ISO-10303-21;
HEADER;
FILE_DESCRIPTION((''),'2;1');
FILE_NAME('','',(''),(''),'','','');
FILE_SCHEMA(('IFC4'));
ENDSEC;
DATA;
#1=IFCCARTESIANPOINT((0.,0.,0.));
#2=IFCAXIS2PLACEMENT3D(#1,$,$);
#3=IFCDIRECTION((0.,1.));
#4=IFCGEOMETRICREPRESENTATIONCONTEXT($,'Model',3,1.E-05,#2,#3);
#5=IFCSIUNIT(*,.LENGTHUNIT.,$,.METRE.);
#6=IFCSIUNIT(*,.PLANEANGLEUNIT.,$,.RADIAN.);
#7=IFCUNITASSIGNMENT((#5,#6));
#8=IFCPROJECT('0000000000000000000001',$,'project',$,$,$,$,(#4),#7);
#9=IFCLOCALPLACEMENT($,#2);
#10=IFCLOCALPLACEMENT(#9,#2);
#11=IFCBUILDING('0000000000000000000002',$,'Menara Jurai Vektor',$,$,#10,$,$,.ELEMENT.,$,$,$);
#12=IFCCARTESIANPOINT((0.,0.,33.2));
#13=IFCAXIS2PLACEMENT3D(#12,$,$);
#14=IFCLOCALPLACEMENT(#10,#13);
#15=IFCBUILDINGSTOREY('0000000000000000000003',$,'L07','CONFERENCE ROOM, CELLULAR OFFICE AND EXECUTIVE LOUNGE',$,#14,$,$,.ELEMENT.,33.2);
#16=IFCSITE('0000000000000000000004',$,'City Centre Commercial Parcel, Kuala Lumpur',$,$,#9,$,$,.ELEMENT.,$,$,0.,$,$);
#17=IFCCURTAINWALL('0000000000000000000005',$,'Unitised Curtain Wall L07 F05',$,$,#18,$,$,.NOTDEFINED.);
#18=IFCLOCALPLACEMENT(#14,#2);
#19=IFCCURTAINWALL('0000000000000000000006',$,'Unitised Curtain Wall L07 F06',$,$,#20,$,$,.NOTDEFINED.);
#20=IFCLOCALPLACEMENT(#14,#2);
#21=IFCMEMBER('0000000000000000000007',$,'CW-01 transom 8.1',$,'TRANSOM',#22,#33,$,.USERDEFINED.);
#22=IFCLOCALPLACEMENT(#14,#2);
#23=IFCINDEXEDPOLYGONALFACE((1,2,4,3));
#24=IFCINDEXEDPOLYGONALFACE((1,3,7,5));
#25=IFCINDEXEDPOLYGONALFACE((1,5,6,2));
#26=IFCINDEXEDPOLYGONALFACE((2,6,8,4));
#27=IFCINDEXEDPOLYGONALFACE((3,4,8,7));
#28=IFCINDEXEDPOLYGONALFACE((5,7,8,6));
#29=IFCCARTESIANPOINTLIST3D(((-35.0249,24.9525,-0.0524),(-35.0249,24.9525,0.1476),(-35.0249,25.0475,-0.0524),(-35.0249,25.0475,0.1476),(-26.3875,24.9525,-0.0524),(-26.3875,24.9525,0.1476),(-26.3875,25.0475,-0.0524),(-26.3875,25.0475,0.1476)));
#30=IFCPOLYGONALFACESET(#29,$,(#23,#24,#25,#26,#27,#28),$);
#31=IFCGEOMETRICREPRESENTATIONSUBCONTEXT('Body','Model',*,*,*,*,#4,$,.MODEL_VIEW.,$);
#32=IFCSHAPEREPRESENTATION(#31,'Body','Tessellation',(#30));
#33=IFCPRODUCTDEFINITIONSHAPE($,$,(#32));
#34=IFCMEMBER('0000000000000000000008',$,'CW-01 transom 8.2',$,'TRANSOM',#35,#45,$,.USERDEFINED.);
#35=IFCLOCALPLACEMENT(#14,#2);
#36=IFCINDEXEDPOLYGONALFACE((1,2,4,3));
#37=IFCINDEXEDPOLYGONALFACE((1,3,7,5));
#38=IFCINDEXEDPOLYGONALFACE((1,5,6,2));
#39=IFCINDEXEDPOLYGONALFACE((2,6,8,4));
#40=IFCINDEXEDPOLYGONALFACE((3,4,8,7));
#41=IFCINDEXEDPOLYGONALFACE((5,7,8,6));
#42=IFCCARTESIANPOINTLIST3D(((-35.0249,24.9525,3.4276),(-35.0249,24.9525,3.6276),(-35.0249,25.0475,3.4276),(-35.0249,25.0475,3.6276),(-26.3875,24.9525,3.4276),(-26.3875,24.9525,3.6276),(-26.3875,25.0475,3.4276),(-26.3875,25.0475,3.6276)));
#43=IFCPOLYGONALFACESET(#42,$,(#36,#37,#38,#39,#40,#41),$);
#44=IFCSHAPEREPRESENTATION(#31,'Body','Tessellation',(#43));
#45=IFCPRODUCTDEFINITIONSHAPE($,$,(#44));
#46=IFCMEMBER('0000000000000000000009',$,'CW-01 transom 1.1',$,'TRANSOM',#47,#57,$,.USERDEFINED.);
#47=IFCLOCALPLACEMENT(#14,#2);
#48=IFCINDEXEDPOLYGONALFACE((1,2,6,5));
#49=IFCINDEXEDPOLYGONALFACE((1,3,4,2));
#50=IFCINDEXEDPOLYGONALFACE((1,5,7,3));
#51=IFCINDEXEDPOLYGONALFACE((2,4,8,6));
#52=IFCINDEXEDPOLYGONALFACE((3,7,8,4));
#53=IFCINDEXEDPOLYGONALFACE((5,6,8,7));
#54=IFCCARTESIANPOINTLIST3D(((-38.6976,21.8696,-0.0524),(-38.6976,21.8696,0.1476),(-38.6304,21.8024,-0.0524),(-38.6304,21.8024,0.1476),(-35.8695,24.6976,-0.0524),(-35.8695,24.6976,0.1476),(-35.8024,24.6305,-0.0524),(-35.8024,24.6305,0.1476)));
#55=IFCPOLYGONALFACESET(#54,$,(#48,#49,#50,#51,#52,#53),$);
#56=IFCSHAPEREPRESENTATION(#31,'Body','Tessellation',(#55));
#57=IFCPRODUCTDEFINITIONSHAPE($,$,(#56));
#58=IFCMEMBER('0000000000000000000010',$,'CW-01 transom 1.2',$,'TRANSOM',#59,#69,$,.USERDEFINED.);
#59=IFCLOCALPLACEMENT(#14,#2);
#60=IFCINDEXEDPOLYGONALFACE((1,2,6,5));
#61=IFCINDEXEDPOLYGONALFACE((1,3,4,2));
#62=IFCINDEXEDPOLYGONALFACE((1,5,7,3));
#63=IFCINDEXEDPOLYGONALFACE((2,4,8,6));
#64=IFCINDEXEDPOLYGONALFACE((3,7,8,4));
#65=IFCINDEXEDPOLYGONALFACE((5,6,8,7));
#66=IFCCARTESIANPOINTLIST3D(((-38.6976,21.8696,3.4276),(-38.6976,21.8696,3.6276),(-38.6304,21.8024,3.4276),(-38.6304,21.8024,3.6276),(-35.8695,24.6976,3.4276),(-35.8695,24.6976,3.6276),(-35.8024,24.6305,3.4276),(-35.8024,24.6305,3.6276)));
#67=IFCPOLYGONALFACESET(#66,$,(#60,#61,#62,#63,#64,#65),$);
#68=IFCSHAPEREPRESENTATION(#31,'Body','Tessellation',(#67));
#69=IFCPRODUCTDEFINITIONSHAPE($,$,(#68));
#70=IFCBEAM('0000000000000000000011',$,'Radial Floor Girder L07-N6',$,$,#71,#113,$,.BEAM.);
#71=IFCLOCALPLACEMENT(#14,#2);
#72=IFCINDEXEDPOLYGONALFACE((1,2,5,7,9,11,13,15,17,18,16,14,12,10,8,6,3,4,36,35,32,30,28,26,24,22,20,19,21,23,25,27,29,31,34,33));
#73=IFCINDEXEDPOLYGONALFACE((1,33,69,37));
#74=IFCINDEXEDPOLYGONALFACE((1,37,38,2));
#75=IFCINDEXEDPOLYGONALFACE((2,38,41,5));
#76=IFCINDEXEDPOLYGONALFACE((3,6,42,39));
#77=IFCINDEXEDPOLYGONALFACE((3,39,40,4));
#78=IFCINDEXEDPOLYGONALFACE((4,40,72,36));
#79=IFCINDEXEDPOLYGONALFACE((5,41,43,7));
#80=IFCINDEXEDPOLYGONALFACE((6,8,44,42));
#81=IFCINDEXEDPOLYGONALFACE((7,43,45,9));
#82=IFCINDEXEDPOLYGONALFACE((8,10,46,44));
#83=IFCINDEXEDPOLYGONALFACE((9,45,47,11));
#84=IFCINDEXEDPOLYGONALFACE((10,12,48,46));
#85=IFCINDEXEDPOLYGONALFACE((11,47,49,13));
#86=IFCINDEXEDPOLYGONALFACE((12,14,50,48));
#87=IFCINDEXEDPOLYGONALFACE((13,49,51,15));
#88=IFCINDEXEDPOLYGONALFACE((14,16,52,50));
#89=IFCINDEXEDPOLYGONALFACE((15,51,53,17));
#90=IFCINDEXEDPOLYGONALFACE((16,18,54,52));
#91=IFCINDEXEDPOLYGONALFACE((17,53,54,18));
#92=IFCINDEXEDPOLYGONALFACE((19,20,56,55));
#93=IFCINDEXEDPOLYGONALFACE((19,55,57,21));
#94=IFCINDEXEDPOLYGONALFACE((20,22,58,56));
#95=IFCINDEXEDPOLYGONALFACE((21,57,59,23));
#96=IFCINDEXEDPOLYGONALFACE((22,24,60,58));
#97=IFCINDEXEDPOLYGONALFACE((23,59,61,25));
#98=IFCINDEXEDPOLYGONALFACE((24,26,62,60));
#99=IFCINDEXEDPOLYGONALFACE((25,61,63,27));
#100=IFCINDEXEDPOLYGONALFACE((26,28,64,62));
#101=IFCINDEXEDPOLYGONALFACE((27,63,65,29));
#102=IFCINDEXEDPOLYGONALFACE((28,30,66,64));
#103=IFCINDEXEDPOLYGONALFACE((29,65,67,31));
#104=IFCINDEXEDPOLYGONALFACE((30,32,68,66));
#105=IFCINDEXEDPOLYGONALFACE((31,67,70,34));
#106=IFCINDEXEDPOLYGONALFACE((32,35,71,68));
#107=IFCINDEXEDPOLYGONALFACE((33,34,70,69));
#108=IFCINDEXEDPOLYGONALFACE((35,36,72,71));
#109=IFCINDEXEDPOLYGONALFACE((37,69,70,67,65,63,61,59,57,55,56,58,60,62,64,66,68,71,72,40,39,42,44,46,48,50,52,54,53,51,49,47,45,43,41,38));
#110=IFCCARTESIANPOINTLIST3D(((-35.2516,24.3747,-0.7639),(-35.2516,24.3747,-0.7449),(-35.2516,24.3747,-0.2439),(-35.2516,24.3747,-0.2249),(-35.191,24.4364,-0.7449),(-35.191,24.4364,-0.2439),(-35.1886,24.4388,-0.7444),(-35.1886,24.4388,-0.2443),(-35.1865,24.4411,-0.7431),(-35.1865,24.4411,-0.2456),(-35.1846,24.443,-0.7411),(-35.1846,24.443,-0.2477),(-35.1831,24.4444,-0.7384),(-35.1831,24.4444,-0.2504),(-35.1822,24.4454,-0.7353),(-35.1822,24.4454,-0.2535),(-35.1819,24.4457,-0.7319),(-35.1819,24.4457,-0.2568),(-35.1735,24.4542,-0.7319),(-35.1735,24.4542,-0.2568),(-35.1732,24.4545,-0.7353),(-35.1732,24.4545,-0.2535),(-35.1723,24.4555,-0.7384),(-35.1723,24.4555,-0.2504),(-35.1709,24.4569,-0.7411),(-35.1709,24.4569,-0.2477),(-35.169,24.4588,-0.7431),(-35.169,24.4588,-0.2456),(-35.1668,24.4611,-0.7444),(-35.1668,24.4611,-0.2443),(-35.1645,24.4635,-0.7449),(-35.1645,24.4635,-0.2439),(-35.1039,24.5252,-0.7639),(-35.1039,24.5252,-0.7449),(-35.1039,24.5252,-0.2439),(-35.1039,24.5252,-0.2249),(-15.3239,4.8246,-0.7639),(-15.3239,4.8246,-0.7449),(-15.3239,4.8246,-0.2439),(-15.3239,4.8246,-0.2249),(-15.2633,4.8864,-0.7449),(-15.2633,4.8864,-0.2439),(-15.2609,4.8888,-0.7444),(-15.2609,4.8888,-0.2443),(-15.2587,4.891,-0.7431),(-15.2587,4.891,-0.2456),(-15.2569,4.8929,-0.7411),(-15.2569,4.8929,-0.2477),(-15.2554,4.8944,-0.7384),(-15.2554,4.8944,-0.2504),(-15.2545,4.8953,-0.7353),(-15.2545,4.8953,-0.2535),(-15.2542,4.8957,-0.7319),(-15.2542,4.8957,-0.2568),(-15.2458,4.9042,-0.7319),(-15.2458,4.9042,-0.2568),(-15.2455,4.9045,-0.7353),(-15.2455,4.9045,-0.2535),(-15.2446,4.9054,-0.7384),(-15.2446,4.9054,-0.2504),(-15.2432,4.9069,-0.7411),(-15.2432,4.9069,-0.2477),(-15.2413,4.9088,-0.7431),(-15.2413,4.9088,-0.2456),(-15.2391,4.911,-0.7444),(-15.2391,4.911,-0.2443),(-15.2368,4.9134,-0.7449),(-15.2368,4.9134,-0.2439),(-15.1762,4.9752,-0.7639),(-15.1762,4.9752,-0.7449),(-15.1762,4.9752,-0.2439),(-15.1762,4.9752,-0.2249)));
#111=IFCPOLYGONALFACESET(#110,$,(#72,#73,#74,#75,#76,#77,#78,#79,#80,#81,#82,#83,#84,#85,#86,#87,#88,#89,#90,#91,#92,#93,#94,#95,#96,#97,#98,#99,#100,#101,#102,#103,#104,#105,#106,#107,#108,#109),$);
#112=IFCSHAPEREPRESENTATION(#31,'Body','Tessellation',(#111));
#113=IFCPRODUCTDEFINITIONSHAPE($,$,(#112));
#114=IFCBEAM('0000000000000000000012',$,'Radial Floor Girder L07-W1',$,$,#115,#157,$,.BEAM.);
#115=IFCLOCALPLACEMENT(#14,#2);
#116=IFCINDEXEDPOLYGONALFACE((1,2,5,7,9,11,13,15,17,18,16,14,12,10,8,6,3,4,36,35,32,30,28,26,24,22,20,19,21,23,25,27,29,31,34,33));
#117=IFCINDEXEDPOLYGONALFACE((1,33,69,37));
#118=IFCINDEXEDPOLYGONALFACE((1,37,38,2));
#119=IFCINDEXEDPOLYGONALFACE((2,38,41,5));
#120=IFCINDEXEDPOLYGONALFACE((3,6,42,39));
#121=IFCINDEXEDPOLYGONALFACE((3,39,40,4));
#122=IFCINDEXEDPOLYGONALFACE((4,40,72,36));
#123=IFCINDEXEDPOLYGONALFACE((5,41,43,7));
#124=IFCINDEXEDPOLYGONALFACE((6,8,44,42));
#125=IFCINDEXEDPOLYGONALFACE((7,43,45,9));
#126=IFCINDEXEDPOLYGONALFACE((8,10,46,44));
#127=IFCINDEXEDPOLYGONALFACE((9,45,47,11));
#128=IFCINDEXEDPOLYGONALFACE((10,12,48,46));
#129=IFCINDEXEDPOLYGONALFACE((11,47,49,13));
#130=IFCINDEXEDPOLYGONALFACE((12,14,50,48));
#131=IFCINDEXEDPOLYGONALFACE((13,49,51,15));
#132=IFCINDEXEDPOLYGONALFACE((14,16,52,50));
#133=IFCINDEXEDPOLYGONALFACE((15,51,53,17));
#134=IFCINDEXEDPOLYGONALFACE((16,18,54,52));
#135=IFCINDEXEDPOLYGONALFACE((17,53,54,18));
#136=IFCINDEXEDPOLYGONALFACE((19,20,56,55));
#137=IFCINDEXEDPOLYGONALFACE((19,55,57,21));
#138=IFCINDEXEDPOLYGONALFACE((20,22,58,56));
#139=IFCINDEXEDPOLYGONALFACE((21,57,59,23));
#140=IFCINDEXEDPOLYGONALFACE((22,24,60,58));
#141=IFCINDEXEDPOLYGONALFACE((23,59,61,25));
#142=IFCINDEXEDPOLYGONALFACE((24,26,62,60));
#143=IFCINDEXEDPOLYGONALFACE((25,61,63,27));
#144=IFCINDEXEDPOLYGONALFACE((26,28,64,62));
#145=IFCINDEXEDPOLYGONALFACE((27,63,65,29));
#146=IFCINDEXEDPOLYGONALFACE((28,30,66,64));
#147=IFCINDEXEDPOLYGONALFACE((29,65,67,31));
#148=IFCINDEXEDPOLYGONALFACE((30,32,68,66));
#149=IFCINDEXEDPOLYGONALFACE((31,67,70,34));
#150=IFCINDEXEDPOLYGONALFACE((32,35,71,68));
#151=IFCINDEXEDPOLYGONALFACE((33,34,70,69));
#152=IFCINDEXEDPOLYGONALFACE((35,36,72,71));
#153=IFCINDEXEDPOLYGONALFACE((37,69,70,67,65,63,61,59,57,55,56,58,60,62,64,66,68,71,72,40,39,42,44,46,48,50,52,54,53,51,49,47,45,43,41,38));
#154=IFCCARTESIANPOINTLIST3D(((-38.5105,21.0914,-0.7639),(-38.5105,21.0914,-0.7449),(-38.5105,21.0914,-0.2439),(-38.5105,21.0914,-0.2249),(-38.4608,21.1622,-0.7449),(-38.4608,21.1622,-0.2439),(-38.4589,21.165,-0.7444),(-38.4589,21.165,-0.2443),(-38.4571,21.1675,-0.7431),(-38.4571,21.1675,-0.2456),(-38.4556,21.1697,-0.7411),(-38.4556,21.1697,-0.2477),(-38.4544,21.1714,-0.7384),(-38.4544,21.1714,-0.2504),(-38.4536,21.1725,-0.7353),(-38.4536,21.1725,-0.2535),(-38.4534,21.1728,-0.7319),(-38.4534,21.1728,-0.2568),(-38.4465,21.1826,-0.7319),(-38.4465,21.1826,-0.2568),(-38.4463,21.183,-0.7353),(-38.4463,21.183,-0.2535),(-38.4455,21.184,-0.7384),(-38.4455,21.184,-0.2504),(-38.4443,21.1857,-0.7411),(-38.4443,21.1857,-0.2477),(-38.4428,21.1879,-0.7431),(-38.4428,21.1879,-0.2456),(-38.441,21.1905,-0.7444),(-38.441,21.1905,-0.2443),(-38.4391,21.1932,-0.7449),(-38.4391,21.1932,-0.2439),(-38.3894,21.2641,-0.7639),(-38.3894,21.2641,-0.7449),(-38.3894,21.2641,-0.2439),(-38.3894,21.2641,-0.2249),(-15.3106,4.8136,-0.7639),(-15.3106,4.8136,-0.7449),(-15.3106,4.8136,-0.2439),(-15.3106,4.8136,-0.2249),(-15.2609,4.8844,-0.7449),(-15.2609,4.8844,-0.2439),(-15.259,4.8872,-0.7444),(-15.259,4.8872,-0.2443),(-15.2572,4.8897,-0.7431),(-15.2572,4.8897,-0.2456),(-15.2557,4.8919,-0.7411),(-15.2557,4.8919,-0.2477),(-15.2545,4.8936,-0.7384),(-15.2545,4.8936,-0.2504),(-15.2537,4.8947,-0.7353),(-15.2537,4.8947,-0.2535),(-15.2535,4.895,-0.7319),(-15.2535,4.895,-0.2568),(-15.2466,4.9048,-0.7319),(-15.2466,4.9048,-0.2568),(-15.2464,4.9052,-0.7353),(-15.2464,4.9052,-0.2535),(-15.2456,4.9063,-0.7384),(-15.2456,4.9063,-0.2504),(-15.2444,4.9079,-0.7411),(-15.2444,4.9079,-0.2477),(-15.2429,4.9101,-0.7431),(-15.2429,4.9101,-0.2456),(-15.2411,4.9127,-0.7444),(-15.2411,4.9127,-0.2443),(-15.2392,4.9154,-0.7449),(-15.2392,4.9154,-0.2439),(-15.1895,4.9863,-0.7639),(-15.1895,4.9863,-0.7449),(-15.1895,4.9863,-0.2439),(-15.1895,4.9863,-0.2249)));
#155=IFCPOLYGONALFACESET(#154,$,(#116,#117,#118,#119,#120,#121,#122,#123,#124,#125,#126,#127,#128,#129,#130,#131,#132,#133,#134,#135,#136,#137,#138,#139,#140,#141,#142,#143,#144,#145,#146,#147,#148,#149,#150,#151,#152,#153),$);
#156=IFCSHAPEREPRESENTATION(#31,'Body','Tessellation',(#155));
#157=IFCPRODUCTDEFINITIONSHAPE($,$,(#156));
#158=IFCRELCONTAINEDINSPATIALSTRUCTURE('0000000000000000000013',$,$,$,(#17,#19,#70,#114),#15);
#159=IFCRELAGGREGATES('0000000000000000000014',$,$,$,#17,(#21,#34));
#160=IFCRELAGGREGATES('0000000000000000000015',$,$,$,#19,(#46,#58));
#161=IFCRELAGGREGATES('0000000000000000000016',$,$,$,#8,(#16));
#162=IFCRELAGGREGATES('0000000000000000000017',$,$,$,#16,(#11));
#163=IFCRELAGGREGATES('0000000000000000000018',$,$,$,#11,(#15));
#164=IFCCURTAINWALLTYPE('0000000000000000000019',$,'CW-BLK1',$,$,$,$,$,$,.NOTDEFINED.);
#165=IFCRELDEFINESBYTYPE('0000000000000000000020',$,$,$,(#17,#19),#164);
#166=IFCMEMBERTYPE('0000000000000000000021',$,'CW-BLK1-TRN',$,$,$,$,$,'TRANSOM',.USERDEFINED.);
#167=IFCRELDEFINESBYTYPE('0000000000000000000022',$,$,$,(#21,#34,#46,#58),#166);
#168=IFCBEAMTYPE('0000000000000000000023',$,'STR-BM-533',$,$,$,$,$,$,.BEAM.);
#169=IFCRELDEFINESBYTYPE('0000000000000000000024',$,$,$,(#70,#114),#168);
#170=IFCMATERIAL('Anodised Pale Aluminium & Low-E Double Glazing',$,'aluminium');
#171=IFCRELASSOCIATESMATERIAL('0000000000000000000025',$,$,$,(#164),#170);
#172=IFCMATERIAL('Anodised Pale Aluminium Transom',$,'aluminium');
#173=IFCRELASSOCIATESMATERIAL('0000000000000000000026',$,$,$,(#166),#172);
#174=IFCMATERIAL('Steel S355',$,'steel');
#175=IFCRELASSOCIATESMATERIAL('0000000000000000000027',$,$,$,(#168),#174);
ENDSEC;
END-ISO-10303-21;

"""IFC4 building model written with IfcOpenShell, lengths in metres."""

from ifc_helpers import new_model, si_unit, direction, frame, origin, origin_2d, place, context, subcontext, project, spatial, rectangle, i_section, extrude, material, material_profile, profile_set, type_object, element, aggregate, save


model = new_model("IFC4")

# Units and contexts
model_context = context("Model", 3, precision=1e-05, world=origin(), true_north=direction((0.0, 1.0)))
body_context = subcontext(model_context, "Body", "Model", "MODEL_VIEW")
ifc_project = project(units=[si_unit("LENGTHUNIT", "METRE"), si_unit("PLANEANGLEUNIT", "RADIAN")], contexts=[model_context])

# Site, building, storey
site_placement = place(None, origin())
site = spatial("IfcSite", under=ifc_project, at=site_placement, Name="City Centre Commercial Parcel, Kuala Lumpur", CompositionType="ELEMENT", RefElevation=0.0)
building_placement = place(site_placement, origin())
building = spatial("IfcBuilding", under=site, at=building_placement, Name="Menara Jurai Vektor", CompositionType="ELEMENT")
storey_placement = place(building_placement, frame((0.0, 0.0, 33.2)))
storey = spatial("IfcBuildingStorey", under=building, at=storey_placement, Name="L07", Description="CONFERENCE ROOM, CELLULAR OFFICE AND EXECUTIVE LOUNGE", CompositionType="ELEMENT", Elevation=33.2)

# Curtain walls
ifc_material_1 = material(Name="Anodised Pale Aluminium & Low-E Double Glazing", Category="aluminium")
curtain_wall_type = type_object("IfcCurtainWallType", Name="CW-BLK1", PredefinedType="NOTDEFINED", material=ifc_material_1)
curtain_wall_1_placement = place(storey_placement, origin())
curtain_wall_1 = element("IfcCurtainWall", 1, at=curtain_wall_1_placement, inside=storey, type_object=curtain_wall_type, Name="Unitised Curtain Wall L07 F05", PredefinedType="NOTDEFINED")
curtain_wall_2_placement = place(storey_placement, origin())
curtain_wall_2 = element("IfcCurtainWall", 2, at=curtain_wall_2_placement, inside=storey, type_object=curtain_wall_type, Name="Unitised Curtain Wall L07 F06", PredefinedType="NOTDEFINED")

# Members
ifc_material_2 = material(Name="Anodised Pale Aluminium Transom", Category="aluminium")
ifc_material_profile_1 = material_profile(ifc_material_2, rectangle(XDim=0.095, YDim=0.2, at=origin_2d()), Name="ALU TRN 95x200")
ifc_profile_set_1 = profile_set([ifc_material_profile_1], Name="Anodised Pale Aluminium Transom")
member_type_1 = type_object("IfcMemberType", Name="CW-BLK1-TRN", ElementType="TRANSOM", PredefinedType="USERDEFINED", material=ifc_profile_set_1)
member_1_placement = place(storey_placement, frame((-26.3875, 25.0, 0.0476), z_axis=(-1.0, 0.0, 0.0), x_axis=(0.0, -1.0, 0.0)))
member_1 = element("IfcMember", 3, at=member_1_placement, type_object=member_type_1, Name="CW-01 transom 8.1", ObjectType="TRANSOM", PredefinedType="USERDEFINED", context=body_context, shape_type="SweptSolid", body=[
    extrude(rectangle(XDim=0.095, YDim=0.2, at=origin_2d()), origin(), (0.0, 0.0, 1.0), 8.6375),
])
member_2_placement = place(storey_placement, frame((-26.3875, 25.0, 3.5276), z_axis=(-1.0, 0.0, 0.0), x_axis=(0.0, -1.0, 0.0)))
member_2 = element("IfcMember", 4, at=member_2_placement, type_object=member_type_1, Name="CW-01 transom 8.2", ObjectType="TRANSOM", PredefinedType="USERDEFINED", context=body_context, shape_type="SweptSolid", body=[
    extrude(rectangle(XDim=0.095, YDim=0.2, at=origin_2d()), origin(), (0.0, 0.0, 1.0), 8.6375),
])
member_3_placement = place(storey_placement, frame((-35.8359, 24.6641, 0.0476), z_axis=(-0.707107, -0.707107, 0.0), x_axis=(0.707107, -0.707107, 0.0)))
member_3 = element("IfcMember", 5, at=member_3_placement, type_object=member_type_1, Name="CW-01 transom 1.1", ObjectType="TRANSOM", PredefinedType="USERDEFINED", context=body_context, shape_type="SweptSolid", body=[
    extrude(rectangle(XDim=0.095, YDim=0.2, at=origin_2d()), origin(), (0.0, 0.0, 1.0), 3.9995),
])
member_4_placement = place(storey_placement, frame((-35.8359, 24.6641, 3.5276), z_axis=(-0.707107, -0.707107, 0.0), x_axis=(0.707107, -0.707107, 0.0)))
member_4 = element("IfcMember", 6, at=member_4_placement, type_object=member_type_1, Name="CW-01 transom 1.2", ObjectType="TRANSOM", PredefinedType="USERDEFINED", context=body_context, shape_type="SweptSolid", body=[
    extrude(rectangle(XDim=0.095, YDim=0.2, at=origin_2d()), origin(), (0.0, 0.0, 1.0), 3.9995),
])

# Beams
ifc_material_3 = material(Name="Steel S355", Category="steel")
ifc_material_profile_2 = material_profile(ifc_material_3, i_section(OverallWidth=0.2109, OverallDepth=0.5391, WebThickness=0.012, FlangeThickness=0.019, FilletRadius=0.0129, at=origin_2d()), Name="UKB 533x210x109")
ifc_profile_set_2 = profile_set([ifc_material_profile_2], Name="Steel S355")
beam_type_1 = type_object("IfcBeamType", Name="STR-BM-533", PredefinedType="BEAM", material=ifc_profile_set_2)
beam_1_placement = place(storey_placement, frame((-35.1777, 24.45, -0.4944), z_axis=(0.713839, -0.70031, 0.0), x_axis=(0.70031, 0.713839, 0.0)))
element("IfcBeam", 7, at=beam_1_placement, inside=storey, type_object=beam_type_1, Name="Radial Floor Girder L07-N6", PredefinedType="BEAM", context=body_context, shape_type="SweptSolid", body=[
    extrude(i_section(OverallWidth=0.2109, OverallDepth=0.5391, WebThickness=0.012, FlangeThickness=0.019, FilletRadius=0.0129, at=origin_2d()), origin(), (0.0, 0.0, 1.0), 27.9163),
])
beam_2_placement = place(storey_placement, frame((-38.45, 21.1777, -0.4944), z_axis=(0.818604, -0.574359, 0.0), x_axis=(0.574359, 0.818604, 0.0)))
element("IfcBeam", 8, at=beam_2_placement, inside=storey, type_object=beam_type_1, Name="Radial Floor Girder L07-W1", PredefinedType="BEAM", context=body_context, shape_type="SweptSolid", body=[
    extrude(i_section(OverallWidth=0.2109, OverallDepth=0.5391, WebThickness=0.012, FlangeThickness=0.019, FilletRadius=0.0129, at=origin_2d()), origin(), (0.0, 0.0, 1.0), 28.3408),
])

aggregate(curtain_wall_1, [member_1, member_2])
aggregate(curtain_wall_2, [member_3, member_4])

save(model, "model.ifc")
